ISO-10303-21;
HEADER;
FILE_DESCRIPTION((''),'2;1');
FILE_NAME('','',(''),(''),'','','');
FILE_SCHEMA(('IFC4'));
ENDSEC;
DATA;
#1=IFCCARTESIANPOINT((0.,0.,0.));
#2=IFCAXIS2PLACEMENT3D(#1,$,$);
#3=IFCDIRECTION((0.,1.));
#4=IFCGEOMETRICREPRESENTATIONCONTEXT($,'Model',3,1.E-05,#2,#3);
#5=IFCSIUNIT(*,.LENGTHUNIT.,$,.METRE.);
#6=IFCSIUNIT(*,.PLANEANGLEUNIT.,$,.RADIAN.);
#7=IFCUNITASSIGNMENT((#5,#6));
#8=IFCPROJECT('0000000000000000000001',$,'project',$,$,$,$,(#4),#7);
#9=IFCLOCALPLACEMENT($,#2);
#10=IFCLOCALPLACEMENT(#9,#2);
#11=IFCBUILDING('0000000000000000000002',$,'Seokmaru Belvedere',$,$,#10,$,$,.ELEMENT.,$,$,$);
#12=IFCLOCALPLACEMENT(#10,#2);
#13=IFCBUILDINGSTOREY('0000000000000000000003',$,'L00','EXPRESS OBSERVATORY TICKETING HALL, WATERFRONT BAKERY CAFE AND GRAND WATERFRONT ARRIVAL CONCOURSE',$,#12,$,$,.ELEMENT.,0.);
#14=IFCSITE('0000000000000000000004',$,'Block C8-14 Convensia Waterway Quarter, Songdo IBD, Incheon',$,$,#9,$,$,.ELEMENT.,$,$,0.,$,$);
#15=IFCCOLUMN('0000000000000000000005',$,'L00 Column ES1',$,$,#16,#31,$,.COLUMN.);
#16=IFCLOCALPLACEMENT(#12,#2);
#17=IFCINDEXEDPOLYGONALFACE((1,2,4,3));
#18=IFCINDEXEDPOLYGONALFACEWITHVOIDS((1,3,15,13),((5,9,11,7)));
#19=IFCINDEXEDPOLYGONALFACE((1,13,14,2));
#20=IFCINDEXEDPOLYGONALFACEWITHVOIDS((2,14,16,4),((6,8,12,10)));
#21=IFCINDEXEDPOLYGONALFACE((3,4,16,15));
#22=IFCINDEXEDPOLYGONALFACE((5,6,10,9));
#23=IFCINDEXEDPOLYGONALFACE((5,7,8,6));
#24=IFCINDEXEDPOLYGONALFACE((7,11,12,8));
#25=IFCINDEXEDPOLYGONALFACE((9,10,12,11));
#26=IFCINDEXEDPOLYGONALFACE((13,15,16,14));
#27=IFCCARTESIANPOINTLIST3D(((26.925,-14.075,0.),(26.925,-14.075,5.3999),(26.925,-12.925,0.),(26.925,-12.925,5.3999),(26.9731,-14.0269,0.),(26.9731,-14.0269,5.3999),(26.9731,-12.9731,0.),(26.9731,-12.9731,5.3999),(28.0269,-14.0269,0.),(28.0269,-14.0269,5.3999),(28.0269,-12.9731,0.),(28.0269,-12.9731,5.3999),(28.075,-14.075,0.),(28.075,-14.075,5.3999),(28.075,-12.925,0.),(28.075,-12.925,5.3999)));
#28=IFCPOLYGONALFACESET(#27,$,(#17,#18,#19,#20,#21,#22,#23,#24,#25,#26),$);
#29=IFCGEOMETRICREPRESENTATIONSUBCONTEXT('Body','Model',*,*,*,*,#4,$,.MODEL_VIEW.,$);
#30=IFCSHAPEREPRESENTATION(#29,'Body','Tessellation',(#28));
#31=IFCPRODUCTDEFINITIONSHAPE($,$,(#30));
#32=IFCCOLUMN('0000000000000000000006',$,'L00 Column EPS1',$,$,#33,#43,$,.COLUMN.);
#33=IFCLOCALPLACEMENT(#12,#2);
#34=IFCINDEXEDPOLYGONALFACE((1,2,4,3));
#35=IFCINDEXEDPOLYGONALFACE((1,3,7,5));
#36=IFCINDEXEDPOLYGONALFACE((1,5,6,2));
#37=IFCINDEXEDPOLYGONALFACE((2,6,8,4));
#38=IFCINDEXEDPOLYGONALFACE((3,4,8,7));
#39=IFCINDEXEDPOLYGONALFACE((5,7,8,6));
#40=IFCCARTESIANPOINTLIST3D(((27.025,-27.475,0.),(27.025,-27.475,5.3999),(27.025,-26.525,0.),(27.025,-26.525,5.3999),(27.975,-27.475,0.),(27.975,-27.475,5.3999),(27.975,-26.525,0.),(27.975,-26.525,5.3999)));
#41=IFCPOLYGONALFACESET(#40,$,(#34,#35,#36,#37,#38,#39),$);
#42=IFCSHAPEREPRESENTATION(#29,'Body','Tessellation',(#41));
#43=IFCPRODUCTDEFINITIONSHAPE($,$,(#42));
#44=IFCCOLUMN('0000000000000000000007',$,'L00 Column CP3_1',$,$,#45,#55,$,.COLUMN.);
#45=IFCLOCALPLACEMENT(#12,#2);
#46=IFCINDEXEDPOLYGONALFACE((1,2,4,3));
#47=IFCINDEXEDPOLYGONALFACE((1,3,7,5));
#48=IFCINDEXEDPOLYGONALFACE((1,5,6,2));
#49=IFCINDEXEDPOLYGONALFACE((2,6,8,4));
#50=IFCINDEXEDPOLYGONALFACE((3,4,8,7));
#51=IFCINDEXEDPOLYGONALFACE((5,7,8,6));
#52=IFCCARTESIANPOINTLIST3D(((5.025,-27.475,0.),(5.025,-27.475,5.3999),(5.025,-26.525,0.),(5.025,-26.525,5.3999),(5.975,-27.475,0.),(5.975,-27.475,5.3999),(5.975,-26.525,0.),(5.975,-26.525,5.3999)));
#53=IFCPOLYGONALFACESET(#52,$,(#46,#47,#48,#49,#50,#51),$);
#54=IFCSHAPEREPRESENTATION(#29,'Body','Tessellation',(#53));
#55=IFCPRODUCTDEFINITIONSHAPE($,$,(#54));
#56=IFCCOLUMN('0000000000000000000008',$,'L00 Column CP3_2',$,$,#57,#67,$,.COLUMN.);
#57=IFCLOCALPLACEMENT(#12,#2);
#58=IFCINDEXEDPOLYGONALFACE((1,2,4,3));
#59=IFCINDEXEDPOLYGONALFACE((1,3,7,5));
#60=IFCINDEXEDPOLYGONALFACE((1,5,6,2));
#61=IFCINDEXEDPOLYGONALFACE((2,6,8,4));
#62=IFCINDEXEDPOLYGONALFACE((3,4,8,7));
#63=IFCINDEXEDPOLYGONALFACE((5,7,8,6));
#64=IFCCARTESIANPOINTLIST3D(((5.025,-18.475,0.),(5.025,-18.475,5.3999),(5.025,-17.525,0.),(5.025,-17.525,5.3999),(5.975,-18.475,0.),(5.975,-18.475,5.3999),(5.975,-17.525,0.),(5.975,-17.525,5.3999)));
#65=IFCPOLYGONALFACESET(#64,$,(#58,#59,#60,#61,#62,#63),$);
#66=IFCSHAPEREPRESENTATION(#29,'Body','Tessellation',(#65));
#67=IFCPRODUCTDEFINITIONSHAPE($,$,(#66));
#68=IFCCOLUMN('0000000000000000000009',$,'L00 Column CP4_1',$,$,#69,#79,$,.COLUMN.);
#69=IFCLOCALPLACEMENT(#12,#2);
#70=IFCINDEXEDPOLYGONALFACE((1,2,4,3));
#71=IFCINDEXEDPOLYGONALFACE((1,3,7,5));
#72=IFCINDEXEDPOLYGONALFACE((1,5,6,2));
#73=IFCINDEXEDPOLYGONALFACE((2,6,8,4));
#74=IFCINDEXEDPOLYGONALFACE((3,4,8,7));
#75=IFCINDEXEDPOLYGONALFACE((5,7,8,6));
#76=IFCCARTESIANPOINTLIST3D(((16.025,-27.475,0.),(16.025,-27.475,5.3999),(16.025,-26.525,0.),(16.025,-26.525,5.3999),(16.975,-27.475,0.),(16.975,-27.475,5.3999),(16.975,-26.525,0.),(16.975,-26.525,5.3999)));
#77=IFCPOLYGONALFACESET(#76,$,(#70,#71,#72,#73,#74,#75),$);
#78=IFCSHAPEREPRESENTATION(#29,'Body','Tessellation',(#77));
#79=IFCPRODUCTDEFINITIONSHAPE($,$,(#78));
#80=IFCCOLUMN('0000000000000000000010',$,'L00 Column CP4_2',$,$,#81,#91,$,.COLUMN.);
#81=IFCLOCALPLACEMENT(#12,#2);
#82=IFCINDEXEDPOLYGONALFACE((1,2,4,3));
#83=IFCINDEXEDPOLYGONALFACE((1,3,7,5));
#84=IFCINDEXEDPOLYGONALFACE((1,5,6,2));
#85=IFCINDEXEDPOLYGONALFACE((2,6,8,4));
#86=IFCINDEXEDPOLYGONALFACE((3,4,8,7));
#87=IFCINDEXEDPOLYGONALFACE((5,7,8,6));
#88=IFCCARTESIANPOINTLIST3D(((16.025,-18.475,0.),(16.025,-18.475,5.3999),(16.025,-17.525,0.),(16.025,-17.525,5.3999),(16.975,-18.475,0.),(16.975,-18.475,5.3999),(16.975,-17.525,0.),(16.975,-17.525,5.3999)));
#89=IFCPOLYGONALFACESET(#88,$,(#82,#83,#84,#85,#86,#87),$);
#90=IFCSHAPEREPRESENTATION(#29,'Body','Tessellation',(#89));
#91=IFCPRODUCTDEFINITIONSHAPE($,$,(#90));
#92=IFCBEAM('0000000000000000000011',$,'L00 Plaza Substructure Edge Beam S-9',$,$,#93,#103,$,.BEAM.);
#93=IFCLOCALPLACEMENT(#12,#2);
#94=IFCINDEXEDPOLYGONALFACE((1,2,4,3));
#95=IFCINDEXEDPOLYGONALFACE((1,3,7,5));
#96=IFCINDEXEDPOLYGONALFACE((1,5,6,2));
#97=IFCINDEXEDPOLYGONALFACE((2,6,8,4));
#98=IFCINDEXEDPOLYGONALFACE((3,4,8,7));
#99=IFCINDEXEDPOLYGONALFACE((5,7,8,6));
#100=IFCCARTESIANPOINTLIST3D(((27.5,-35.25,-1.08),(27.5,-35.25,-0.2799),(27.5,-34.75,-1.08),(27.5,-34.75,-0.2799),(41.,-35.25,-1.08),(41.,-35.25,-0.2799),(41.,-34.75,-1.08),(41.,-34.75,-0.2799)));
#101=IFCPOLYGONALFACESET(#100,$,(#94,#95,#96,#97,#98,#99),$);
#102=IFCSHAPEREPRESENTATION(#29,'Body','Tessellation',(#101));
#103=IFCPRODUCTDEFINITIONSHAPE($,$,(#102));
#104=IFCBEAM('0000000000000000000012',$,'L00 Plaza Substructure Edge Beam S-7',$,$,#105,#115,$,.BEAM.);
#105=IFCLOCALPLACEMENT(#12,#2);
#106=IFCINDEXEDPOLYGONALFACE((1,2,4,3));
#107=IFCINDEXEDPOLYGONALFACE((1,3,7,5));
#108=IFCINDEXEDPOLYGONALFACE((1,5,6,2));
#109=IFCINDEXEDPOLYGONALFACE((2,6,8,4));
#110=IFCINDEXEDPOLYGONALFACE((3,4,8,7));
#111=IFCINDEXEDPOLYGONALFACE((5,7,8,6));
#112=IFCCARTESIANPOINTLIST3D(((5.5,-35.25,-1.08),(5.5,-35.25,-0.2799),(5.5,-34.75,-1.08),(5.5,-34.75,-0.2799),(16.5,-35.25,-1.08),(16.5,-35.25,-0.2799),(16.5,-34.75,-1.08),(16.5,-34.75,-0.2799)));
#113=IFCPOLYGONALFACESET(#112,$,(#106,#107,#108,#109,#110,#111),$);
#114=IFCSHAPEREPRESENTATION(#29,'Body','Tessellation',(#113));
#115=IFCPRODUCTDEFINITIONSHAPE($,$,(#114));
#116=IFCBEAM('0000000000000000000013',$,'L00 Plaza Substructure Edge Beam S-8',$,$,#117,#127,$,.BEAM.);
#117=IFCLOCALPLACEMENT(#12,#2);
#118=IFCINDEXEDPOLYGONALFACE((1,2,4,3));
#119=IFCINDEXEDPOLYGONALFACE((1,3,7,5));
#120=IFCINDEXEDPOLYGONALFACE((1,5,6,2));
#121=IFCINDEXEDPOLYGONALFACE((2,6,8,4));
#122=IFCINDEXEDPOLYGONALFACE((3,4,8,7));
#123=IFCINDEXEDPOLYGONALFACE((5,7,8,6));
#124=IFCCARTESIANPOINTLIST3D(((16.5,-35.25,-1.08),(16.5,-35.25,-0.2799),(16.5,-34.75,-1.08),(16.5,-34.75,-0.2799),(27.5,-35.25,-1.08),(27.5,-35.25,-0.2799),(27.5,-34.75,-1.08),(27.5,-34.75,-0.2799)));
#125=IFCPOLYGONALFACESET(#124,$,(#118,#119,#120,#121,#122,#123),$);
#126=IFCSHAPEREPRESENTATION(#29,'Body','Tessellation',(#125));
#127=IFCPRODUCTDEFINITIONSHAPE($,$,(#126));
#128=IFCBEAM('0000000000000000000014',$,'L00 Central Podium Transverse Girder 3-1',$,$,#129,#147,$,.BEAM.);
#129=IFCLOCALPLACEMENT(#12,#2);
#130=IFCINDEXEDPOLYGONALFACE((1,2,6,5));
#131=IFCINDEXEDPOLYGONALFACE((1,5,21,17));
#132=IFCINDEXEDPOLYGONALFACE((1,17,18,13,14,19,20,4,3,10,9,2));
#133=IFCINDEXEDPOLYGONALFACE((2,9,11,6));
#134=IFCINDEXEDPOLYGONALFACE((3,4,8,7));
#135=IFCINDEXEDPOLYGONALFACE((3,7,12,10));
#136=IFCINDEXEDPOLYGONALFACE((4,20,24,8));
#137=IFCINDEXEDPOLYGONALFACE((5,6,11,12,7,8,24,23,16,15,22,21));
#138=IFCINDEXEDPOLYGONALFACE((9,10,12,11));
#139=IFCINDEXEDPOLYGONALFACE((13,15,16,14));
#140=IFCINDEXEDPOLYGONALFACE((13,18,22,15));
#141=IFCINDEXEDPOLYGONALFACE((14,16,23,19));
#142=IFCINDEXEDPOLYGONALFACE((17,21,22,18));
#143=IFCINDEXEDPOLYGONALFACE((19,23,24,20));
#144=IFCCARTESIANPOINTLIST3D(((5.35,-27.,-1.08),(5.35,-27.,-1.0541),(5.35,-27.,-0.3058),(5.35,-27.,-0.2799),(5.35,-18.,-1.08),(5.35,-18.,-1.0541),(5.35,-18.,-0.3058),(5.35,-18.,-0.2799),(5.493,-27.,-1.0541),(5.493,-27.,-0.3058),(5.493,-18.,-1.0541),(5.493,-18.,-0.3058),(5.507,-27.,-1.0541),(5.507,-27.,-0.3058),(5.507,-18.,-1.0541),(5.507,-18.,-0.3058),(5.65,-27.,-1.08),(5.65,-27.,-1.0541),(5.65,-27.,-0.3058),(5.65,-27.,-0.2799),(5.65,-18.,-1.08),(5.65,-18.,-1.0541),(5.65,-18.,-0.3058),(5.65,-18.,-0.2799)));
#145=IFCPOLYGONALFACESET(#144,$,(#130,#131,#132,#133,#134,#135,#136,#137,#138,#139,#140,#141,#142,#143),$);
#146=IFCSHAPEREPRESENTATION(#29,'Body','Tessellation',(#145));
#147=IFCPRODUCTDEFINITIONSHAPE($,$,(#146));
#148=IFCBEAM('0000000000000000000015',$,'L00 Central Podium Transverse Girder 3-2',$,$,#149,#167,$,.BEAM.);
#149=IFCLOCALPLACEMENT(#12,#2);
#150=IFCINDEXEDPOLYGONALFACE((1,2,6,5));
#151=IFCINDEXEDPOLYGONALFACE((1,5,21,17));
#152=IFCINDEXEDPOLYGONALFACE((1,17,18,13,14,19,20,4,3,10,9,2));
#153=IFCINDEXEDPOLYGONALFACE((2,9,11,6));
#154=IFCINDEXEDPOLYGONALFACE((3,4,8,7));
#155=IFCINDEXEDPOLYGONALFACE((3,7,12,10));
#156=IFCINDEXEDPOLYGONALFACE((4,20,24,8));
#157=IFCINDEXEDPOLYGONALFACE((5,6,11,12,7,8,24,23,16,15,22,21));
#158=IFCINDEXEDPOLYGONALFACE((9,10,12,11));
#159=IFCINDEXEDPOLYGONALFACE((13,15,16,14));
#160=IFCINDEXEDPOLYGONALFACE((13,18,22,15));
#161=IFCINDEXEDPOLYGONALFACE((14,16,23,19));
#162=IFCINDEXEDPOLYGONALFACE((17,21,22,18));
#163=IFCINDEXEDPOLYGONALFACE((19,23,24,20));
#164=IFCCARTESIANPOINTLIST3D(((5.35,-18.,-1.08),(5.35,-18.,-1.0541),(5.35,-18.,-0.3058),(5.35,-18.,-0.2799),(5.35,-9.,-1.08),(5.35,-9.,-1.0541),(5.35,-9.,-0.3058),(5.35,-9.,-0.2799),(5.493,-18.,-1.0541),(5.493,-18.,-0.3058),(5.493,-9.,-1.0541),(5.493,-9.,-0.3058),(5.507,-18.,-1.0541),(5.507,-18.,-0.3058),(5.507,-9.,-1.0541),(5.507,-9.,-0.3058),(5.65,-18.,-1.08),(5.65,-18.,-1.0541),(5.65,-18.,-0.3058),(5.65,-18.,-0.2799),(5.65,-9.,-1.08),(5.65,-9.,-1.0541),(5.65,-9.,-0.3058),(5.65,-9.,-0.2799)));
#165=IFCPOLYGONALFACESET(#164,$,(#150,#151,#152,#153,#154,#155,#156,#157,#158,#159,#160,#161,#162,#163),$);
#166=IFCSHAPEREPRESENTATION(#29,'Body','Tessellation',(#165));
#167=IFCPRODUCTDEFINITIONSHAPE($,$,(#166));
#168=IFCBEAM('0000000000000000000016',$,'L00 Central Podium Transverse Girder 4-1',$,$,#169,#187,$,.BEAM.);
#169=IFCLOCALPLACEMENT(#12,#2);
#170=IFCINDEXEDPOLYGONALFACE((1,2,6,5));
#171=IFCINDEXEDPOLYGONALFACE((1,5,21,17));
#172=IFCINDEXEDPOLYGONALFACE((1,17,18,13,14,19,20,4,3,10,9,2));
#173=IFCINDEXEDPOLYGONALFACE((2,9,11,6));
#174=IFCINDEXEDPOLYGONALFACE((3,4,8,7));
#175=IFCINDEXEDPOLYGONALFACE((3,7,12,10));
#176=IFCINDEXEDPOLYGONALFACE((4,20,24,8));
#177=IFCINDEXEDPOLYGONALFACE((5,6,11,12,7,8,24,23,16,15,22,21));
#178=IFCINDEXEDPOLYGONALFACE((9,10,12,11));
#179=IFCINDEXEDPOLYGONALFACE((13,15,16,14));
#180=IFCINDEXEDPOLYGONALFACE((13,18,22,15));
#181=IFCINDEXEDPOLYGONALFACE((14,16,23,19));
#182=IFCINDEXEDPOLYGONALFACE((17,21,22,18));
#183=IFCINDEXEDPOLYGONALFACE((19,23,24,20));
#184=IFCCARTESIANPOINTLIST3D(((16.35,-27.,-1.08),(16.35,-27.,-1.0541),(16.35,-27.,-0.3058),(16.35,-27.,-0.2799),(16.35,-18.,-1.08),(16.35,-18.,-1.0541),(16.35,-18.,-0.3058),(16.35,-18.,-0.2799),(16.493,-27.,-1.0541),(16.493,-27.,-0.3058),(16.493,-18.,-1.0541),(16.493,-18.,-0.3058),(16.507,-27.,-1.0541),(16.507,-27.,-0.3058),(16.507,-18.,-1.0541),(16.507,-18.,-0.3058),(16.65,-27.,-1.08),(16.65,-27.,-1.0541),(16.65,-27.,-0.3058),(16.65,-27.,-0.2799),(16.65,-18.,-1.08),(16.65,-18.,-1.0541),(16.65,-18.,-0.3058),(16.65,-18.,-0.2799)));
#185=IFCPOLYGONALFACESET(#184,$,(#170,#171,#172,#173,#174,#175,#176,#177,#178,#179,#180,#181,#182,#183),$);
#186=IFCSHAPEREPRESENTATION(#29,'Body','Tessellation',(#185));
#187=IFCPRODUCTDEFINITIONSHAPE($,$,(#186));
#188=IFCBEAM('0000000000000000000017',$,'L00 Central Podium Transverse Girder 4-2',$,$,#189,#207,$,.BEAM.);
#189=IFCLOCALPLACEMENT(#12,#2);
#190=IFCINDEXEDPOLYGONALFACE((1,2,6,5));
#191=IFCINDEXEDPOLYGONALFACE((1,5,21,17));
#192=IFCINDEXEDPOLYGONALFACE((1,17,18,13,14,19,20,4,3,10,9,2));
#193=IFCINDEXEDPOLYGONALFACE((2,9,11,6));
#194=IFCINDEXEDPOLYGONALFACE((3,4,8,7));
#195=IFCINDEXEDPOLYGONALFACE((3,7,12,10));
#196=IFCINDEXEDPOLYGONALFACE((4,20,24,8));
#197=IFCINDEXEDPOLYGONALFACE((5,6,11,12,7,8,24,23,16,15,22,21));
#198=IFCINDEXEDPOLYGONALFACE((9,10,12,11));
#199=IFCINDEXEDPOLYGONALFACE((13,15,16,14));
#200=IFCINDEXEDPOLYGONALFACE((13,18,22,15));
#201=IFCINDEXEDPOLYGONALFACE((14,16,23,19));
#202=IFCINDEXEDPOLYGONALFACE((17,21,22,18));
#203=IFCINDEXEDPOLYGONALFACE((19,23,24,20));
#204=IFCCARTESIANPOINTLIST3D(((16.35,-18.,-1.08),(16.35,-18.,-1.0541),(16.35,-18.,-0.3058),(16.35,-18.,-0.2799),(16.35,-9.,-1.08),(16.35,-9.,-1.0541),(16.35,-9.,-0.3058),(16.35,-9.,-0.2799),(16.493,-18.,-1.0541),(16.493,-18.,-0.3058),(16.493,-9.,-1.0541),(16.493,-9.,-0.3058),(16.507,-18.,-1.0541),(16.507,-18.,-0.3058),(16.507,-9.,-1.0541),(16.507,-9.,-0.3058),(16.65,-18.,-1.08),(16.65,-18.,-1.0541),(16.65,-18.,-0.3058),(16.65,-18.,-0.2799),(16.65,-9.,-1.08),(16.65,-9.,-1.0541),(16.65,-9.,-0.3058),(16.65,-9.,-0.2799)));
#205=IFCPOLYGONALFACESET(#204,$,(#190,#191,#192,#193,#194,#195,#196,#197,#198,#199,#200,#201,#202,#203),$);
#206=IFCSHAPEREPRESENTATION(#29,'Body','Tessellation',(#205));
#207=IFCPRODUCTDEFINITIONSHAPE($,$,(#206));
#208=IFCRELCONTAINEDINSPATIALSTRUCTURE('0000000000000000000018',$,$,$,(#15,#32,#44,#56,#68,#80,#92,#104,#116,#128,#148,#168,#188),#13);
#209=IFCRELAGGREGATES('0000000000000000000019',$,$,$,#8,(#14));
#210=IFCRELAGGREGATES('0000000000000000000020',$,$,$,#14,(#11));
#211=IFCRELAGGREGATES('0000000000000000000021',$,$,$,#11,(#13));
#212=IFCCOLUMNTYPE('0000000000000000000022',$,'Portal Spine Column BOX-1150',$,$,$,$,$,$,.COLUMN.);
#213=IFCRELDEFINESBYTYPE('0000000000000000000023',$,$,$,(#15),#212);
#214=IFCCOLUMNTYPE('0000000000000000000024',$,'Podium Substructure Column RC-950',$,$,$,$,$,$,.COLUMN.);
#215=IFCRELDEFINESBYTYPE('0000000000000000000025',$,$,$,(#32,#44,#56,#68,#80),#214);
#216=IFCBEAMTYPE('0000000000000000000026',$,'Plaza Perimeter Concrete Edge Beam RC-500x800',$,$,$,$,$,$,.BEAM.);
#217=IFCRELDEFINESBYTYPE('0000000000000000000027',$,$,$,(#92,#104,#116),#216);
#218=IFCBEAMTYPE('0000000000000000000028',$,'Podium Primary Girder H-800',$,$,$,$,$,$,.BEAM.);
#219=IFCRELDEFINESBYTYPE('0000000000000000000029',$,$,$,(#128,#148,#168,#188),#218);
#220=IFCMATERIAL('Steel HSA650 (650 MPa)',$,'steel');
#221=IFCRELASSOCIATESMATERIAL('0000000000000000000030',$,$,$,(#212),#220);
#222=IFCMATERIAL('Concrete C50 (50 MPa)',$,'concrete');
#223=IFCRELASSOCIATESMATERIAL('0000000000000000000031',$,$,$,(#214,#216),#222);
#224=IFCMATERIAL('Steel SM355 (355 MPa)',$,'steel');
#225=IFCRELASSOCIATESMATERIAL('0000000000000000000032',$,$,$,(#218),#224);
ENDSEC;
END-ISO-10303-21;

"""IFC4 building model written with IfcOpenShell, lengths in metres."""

from ifc_helpers import new_model, si_unit, direction, frame, origin, origin_2d, place, context, subcontext, project, spatial, rectangle, hollow_rectangle, i_section, extrude, source, transform, mapped, material, material_profile, profile_set, type_object, type_shapes, element, save


model = new_model("IFC4")

# Units and contexts
model_context = context("Model", 3, precision=1e-05, world=origin(), true_north=direction((0.0, 1.0)))
body_context = subcontext(model_context, "Body", "Model", "MODEL_VIEW")
ifc_project = project(units=[si_unit("LENGTHUNIT", "METRE"), si_unit("PLANEANGLEUNIT", "RADIAN")], contexts=[model_context])

# Site, building, storey
site_placement = place(None, origin())
site = spatial("IfcSite", under=ifc_project, at=site_placement, Name="Block C8-14 Convensia Waterway Quarter, Songdo IBD, Incheon", CompositionType="ELEMENT", RefElevation=0.0)
building_placement = place(site_placement, origin())
building = spatial("IfcBuilding", under=site, at=building_placement, Name="Seokmaru Belvedere", CompositionType="ELEMENT")
storey_placement = place(building_placement, origin())
storey = spatial("IfcBuildingStorey", under=building, at=storey_placement, Name="L00", Description="EXPRESS OBSERVATORY TICKETING HALL, WATERFRONT BAKERY CAFE AND GRAND WATERFRONT ARRIVAL CONCOURSE", CompositionType="ELEMENT", Elevation=0.0)

# Columns
ifc_material_1 = material(Name="Steel HSA650 (650 MPa)", Category="steel")
ifc_material_profile_1 = material_profile(ifc_material_1, hollow_rectangle(XDim=1.1499, YDim=1.1499, WallThickness=0.0481, at=origin_2d()), Name="BOX-1150x1150x48")
ifc_profile_set_1 = profile_set([ifc_material_profile_1], Name="Steel HSA650 (650 MPa)")
column_type_1 = type_object("IfcColumnType", Name="Portal Spine Column BOX-1150", PredefinedType="COLUMN", material=ifc_profile_set_1)
shared_shape_1 = source(origin(), body_context, "Body", "SweptSolid", [
    extrude(hollow_rectangle(XDim=1.1499, YDim=1.1499, WallThickness=0.0481, at=origin_2d()), origin(), (0.0, 0.0, 1.0), 5.3999),
])
type_shapes(column_type_1, [shared_shape_1])
column_placement = place(storey_placement, frame((27.5, -13.5, 0.0), z_axis=(0.0, 0.0, 1.0), x_axis=(1.0, 0.0, 0.0)))
element("IfcColumn", 1, at=column_placement, inside=storey, type_object=column_type_1, Name="L00 Column ES1", PredefinedType="COLUMN", context=body_context, shape_type="MappedRepresentation", body=[
    mapped(shared_shape_1, transform((0.0, 0.0, 0.0), scale=1.0)),
])
ifc_material_2 = material(Name="Concrete C50 (50 MPa)", Category="concrete")
ifc_material_profile_2 = material_profile(ifc_material_2, rectangle(XDim=0.95, YDim=0.95, at=origin_2d()), Name="RC-950x950")
ifc_profile_set_2 = profile_set([ifc_material_profile_2], Name="Concrete C50 (50 MPa)")
column_type_2 = type_object("IfcColumnType", Name="Podium Substructure Column RC-950", PredefinedType="COLUMN", material=ifc_profile_set_2)
shared_shape_2 = source(origin(), body_context, "Body", "SweptSolid", [
    extrude(rectangle(XDim=0.95, YDim=0.95, at=origin_2d()), origin(), (0.0, 0.0, 1.0), 5.3999),
])
type_shapes(column_type_2, [shared_shape_2])
for number, where, z_axis, x_axis, name in (
    (2, (27.5, -27.0, 0.0), (0.0, 0.0, 1.0), (1.0, 0.0, 0.0), "L00 Column EPS1"),
    (3, (5.5, -27.0, 0.0), (0.0, 0.0, 1.0), (1.0, 0.0, 0.0), "L00 Column CP3_1"),
    (4, (5.5, -18.0, 0.0), (0.0, 0.0, 1.0), (1.0, 0.0, 0.0), "L00 Column CP3_2"),
    (5, (16.5, -27.0, 0.0), (0.0, 0.0, 1.0), (1.0, 0.0, 0.0), "L00 Column CP4_1"),
    (6, (16.5, -18.0, 0.0), (0.0, 0.0, 1.0), (1.0, 0.0, 0.0), "L00 Column CP4_2"),
):
    element("IfcColumn", number, at=place(storey_placement, frame(where, z_axis=z_axis, x_axis=x_axis)), inside=storey, type_object=column_type_2, Name=name, PredefinedType="COLUMN", context=body_context, shape_type="MappedRepresentation", body=[
        mapped(shared_shape_2, transform((0.0, 0.0, 0.0), scale=1.0)),
    ])

# Beams
ifc_material_profile_3 = material_profile(ifc_material_2, rectangle(XDim=0.5, YDim=0.8, at=origin_2d()), Name="RC-500x800")
ifc_profile_set_3 = profile_set([ifc_material_profile_3], Name="Concrete C50 (50 MPa)")
beam_type_1 = type_object("IfcBeamType", Name="Plaza Perimeter Concrete Edge Beam RC-500x800", PredefinedType="BEAM", material=ifc_profile_set_3)
shared_shape_3 = source(origin(), body_context, "Body", "SweptSolid", [
    extrude(rectangle(XDim=0.5, YDim=0.8, at=origin_2d()), origin(), (0.0, 0.0, 1.0), 13.5),
])
beam_placement = place(storey_placement, frame((27.5, -35.0, -0.6799), z_axis=(1.0, 0.0, 0.0), x_axis=(0.0, 1.0, 0.0)))
element("IfcBeam", 7, at=beam_placement, inside=storey, type_object=beam_type_1, Name="L00 Plaza Substructure Edge Beam S-9", PredefinedType="BEAM", context=body_context, shape_type="MappedRepresentation", body=[
    mapped(shared_shape_3, transform((0.0, 0.0, 0.0), scale=1.0)),
])
shared_shape_4 = source(origin(), body_context, "Body", "SweptSolid", [
    extrude(rectangle(XDim=0.5, YDim=0.8, at=origin_2d()), origin(), (0.0, 0.0, 1.0), 11.0),
])
for number, where, z_axis, x_axis, name in (
    (8, (5.5, -35.0, -0.6799), (1.0, 0.0, 0.0), (0.0, 1.0, 0.0), "L00 Plaza Substructure Edge Beam S-7"),
    (9, (16.5, -35.0, -0.6799), (1.0, 0.0, 0.0), (0.0, 1.0, 0.0), "L00 Plaza Substructure Edge Beam S-8"),
):
    element("IfcBeam", number, at=place(storey_placement, frame(where, z_axis=z_axis, x_axis=x_axis)), inside=storey, type_object=beam_type_1, Name=name, PredefinedType="BEAM", context=body_context, shape_type="MappedRepresentation", body=[
        mapped(shared_shape_4, transform((0.0, 0.0, 0.0), scale=1.0)),
    ])
ifc_material_3 = material(Name="Steel SM355 (355 MPa)", Category="steel")
ifc_material_profile_4 = material_profile(ifc_material_3, i_section(OverallWidth=0.3, OverallDepth=0.8, WebThickness=0.0139, FlangeThickness=0.0259, at=origin_2d()), Name="H-800x300x14x26")
ifc_profile_set_4 = profile_set([ifc_material_profile_4], Name="Steel SM355 (355 MPa)")
beam_type_2 = type_object("IfcBeamType", Name="Podium Primary Girder H-800", PredefinedType="BEAM", material=ifc_profile_set_4)
shared_shape_5 = source(origin(), body_context, "Body", "SweptSolid", [
    extrude(i_section(OverallWidth=0.3, OverallDepth=0.8, WebThickness=0.0139, FlangeThickness=0.0259, at=origin_2d()), origin(), (0.0, 0.0, 1.0), 9.0),
])
for number, where, z_axis, x_axis, name in (
    (10, (5.5, -27.0, -0.6799), (0.0, 1.0, 0.0), (-1.0, 0.0, 0.0), "L00 Central Podium Transverse Girder 3-1"),
    (11, (5.5, -18.0, -0.6799), (0.0, 1.0, 0.0), (-1.0, 0.0, 0.0), "L00 Central Podium Transverse Girder 3-2"),
    (12, (16.5, -27.0, -0.6799), (0.0, 1.0, 0.0), (-1.0, 0.0, 0.0), "L00 Central Podium Transverse Girder 4-1"),
    (13, (16.5, -18.0, -0.6799), (0.0, 1.0, 0.0), (-1.0, 0.0, 0.0), "L00 Central Podium Transverse Girder 4-2"),
):
    element("IfcBeam", number, at=place(storey_placement, frame(where, z_axis=z_axis, x_axis=x_axis)), inside=storey, type_object=beam_type_2, Name=name, PredefinedType="BEAM", context=body_context, shape_type="MappedRepresentation", body=[
        mapped(shared_shape_5, transform((0.0, 0.0, 0.0), scale=1.0)),
    ])

save(model, "model.ifc")
